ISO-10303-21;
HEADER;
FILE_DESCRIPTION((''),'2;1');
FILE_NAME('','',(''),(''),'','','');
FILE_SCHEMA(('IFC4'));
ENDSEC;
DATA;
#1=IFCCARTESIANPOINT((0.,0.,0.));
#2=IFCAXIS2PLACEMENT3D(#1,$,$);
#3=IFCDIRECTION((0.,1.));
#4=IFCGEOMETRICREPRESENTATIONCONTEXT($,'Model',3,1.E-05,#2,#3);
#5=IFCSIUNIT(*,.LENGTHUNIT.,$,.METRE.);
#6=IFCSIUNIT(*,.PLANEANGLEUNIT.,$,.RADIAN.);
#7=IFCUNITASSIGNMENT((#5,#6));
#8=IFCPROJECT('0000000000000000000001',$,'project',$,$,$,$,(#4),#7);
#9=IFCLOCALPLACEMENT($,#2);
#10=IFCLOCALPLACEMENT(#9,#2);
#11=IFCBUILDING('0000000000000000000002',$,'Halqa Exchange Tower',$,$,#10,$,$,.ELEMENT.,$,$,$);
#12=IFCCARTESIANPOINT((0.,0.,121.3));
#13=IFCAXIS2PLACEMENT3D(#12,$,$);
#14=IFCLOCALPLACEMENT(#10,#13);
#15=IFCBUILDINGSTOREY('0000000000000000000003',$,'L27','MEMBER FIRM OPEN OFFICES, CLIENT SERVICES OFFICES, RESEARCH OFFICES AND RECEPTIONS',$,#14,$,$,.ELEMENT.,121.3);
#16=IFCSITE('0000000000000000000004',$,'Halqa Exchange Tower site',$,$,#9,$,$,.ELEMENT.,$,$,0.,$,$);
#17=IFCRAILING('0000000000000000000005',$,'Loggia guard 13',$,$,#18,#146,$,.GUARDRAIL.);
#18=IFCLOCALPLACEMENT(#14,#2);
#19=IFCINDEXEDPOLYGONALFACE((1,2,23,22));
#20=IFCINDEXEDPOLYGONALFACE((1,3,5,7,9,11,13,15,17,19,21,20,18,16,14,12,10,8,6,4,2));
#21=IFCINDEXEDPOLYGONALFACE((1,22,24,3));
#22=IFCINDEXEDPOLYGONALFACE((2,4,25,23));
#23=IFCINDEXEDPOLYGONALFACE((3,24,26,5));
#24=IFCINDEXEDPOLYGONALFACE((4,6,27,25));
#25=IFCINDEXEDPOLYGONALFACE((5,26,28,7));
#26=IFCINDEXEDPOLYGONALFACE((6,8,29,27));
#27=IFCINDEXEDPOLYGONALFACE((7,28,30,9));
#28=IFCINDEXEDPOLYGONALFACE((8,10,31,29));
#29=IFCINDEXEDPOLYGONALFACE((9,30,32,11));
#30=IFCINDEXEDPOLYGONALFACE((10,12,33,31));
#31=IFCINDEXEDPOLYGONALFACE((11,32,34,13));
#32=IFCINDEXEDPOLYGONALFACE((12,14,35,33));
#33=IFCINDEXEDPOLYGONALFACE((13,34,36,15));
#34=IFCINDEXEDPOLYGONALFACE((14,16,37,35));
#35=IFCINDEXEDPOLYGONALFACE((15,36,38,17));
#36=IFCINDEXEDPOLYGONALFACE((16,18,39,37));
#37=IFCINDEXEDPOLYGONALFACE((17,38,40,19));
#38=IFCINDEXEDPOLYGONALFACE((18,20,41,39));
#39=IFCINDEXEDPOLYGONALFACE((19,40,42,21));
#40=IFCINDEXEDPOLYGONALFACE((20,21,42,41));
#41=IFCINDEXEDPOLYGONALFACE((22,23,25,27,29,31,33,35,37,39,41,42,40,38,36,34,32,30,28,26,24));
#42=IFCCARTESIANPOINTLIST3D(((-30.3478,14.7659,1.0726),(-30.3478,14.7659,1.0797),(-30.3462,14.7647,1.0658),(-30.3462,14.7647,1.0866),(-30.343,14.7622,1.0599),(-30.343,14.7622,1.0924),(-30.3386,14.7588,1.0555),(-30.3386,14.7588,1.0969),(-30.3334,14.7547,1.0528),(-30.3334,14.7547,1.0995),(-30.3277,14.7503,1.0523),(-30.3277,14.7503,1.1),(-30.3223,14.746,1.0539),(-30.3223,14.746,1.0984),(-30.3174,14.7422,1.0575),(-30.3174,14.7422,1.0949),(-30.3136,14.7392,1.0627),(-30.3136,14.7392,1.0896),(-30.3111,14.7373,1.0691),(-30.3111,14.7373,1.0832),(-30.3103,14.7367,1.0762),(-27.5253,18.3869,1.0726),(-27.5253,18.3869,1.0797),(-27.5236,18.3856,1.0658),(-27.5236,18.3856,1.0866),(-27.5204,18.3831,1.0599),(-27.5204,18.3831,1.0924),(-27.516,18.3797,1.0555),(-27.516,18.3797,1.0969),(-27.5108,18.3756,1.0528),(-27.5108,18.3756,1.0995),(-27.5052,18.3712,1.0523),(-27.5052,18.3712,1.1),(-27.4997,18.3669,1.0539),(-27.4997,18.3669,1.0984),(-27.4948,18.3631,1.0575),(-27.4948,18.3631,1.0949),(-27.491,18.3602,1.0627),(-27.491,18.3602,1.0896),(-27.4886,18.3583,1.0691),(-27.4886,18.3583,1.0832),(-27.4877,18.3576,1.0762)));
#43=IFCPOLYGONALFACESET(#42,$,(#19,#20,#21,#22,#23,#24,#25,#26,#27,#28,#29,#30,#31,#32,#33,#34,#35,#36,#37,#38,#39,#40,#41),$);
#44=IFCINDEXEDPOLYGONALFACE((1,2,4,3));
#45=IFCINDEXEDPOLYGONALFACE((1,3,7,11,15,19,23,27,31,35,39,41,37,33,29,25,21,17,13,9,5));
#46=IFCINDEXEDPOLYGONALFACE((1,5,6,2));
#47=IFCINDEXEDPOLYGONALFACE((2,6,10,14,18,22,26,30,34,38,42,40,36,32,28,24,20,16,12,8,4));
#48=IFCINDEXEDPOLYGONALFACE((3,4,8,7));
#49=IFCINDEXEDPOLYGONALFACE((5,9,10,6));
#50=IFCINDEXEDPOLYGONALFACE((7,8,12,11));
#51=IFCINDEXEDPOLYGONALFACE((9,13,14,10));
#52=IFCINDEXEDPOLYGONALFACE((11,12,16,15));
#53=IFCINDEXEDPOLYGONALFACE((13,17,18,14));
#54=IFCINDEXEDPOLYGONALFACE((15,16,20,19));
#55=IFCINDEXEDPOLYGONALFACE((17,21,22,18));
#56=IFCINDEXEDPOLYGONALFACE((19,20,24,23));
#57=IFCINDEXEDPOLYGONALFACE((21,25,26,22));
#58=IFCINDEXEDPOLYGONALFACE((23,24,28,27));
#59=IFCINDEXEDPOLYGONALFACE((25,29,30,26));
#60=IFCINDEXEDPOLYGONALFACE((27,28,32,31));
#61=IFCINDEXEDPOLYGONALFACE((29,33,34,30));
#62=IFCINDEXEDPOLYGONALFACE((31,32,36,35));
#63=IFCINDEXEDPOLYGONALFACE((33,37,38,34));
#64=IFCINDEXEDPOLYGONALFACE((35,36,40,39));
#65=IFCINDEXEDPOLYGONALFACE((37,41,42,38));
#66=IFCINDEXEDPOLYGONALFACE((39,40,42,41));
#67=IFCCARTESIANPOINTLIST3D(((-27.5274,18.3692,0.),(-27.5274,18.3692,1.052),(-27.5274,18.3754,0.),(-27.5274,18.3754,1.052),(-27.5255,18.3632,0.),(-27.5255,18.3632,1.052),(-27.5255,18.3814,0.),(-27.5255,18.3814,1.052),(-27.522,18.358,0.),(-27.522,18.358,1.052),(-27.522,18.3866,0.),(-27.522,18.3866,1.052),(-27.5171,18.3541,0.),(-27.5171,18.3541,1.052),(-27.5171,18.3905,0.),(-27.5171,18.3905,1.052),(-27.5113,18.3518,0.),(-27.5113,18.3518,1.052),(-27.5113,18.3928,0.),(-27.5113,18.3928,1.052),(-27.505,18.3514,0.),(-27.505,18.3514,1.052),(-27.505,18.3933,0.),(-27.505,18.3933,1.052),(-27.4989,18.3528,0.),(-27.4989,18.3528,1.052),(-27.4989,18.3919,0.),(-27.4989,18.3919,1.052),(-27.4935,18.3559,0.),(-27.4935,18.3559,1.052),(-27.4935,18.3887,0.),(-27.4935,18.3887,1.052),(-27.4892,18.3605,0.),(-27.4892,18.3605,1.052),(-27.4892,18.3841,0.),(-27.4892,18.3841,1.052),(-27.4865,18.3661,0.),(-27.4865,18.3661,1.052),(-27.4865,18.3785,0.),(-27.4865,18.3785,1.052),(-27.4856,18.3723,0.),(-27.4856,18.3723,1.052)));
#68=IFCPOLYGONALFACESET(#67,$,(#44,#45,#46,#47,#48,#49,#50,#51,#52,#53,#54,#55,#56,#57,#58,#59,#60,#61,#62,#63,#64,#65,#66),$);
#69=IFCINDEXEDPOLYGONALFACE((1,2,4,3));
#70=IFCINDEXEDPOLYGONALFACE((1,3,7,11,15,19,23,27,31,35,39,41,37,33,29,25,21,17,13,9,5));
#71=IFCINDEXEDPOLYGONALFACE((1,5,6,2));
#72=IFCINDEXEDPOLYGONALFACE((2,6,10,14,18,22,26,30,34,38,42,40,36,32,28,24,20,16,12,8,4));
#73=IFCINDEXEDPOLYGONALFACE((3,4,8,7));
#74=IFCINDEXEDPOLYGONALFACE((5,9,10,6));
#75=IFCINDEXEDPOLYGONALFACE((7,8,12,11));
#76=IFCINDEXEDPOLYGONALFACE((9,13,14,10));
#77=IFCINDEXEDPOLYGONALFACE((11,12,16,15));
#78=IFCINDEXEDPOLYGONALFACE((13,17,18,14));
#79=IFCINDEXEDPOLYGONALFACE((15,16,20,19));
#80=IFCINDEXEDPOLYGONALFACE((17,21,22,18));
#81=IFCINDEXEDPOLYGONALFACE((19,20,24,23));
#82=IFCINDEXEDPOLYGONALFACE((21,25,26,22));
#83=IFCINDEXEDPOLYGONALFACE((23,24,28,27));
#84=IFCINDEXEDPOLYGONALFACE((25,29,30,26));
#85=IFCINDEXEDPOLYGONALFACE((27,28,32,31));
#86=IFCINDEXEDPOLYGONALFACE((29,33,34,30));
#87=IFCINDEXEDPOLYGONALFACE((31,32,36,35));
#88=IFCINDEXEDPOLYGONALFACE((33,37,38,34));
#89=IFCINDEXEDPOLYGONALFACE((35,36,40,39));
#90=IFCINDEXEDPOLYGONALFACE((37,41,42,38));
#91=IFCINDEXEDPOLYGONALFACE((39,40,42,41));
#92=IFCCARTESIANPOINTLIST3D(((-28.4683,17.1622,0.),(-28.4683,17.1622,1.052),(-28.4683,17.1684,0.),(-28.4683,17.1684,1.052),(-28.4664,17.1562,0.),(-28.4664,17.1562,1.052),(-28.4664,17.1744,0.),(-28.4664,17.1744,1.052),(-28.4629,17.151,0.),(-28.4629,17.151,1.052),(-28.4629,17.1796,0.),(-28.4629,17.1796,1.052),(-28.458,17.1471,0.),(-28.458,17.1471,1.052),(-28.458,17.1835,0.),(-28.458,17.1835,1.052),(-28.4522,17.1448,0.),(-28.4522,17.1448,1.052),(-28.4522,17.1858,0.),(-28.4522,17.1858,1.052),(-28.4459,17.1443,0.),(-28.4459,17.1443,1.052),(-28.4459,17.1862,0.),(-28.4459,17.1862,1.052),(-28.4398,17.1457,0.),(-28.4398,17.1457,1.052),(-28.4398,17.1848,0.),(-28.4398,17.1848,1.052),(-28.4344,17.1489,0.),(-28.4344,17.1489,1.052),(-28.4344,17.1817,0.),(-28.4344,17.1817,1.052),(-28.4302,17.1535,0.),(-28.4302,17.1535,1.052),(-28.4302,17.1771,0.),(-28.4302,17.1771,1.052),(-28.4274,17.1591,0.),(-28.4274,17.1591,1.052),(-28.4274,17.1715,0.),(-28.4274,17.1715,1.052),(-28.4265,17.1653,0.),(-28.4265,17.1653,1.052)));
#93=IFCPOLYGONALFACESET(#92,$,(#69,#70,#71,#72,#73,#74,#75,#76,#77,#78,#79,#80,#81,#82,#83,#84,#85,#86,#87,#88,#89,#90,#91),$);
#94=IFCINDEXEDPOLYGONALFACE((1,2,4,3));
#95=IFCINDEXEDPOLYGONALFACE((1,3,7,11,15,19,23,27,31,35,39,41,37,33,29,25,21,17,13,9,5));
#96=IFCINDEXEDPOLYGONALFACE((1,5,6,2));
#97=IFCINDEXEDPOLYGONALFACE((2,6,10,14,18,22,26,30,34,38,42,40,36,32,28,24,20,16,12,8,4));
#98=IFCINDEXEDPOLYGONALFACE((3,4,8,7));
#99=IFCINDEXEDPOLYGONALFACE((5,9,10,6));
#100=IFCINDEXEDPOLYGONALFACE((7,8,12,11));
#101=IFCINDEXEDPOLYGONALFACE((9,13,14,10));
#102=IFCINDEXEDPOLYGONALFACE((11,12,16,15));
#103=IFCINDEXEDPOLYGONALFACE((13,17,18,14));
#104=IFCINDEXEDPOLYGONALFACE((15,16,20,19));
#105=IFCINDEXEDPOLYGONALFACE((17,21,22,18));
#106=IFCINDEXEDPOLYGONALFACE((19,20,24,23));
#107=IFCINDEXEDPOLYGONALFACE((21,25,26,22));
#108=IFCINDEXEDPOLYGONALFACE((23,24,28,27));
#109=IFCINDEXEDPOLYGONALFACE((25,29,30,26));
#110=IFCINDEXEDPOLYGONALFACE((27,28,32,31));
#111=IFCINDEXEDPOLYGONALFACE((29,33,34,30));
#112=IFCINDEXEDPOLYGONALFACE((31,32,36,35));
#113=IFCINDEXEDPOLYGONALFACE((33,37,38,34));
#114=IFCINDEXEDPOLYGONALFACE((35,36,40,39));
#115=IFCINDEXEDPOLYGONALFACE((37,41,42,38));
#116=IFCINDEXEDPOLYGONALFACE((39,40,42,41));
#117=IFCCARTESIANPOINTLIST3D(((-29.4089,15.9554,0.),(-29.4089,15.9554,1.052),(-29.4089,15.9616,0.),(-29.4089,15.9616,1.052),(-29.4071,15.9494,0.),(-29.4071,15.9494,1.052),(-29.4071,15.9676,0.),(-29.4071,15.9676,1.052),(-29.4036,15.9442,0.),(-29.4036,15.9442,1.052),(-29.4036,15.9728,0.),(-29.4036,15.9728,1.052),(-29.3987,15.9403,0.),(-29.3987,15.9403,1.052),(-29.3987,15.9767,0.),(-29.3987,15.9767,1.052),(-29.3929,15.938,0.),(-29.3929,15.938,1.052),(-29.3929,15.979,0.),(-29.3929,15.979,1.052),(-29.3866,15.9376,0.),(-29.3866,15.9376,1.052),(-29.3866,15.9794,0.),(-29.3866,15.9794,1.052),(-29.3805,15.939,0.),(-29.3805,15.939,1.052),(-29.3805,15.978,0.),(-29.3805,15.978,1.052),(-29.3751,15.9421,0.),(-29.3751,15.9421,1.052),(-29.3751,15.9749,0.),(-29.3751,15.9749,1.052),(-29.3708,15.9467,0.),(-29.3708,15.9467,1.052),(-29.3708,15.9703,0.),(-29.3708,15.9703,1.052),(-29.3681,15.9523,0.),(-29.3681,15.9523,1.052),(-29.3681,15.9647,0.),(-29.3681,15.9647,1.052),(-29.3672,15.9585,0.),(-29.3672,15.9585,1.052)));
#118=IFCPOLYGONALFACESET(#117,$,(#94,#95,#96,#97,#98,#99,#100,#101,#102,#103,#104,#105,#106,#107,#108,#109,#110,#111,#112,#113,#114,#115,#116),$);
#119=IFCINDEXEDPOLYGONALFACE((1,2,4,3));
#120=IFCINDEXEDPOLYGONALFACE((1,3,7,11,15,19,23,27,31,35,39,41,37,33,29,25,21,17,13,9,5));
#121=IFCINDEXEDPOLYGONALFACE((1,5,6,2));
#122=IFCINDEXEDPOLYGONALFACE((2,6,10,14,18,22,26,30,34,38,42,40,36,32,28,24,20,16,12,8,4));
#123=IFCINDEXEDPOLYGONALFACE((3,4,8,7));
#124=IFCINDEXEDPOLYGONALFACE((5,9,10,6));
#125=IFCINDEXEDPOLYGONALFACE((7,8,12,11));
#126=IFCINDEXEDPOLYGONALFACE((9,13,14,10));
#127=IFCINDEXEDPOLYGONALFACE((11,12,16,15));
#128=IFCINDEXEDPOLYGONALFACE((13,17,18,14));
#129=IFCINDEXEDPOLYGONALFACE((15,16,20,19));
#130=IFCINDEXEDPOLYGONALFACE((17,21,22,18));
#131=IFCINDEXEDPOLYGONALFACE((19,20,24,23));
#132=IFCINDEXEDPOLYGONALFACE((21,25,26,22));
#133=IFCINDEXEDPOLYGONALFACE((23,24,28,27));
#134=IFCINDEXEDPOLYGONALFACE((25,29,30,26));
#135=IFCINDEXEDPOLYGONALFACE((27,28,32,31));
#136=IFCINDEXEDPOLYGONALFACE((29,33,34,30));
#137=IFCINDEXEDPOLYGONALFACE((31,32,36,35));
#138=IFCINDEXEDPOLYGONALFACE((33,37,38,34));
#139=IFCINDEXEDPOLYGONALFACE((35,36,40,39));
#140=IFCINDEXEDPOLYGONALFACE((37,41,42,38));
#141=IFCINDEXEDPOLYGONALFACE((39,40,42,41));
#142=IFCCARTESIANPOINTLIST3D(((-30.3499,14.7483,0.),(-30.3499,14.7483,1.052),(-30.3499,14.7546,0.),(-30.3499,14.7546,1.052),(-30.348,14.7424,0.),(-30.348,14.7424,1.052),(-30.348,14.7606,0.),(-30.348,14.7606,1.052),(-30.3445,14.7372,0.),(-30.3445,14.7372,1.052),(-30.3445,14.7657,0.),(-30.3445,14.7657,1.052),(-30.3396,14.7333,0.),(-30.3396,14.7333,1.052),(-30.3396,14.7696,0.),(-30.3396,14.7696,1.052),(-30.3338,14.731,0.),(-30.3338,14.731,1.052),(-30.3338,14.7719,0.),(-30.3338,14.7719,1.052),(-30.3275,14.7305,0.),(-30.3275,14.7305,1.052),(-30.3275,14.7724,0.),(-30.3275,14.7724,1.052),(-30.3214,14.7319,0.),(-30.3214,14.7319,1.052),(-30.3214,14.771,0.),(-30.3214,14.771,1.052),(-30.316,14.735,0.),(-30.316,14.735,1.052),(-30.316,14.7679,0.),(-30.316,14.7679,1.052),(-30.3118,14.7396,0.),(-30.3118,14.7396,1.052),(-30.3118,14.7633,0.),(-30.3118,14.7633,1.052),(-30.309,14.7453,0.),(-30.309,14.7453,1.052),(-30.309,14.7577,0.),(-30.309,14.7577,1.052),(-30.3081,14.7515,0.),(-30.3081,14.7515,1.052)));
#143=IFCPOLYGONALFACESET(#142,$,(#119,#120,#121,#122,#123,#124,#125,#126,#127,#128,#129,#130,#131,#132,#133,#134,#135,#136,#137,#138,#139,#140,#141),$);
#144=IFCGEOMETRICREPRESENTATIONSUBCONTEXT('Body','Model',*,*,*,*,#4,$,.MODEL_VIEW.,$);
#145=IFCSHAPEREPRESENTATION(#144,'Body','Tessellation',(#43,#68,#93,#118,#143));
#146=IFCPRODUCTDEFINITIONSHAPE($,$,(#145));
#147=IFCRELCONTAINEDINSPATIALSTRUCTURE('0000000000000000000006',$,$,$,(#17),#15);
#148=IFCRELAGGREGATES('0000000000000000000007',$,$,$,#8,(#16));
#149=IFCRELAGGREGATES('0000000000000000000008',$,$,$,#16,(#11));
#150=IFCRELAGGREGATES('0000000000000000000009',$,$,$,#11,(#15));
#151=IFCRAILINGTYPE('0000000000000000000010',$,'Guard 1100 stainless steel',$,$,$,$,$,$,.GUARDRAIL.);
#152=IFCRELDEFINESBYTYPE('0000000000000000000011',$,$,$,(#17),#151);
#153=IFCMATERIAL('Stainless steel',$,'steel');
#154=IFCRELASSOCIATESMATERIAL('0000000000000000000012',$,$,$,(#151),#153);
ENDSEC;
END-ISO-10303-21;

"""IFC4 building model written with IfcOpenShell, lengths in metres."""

from ifc_helpers import new_model, si_unit, direction, frame, origin, origin_2d, place, context, subcontext, project, spatial, circle, extrude, material, type_object, element, save


model = new_model("IFC4")

# Units and contexts
model_context = context("Model", 3, precision=1e-05, world=origin(), true_north=direction((0.0, 1.0)))
body_context = subcontext(model_context, "Body", "Model", "MODEL_VIEW")
ifc_project = project(units=[si_unit("LENGTHUNIT", "METRE"), si_unit("PLANEANGLEUNIT", "RADIAN")], contexts=[model_context])

# Site, building, storey
site_placement = place(None, origin())
site = spatial("IfcSite", under=ifc_project, at=site_placement, Name="Halqa Exchange Tower site", CompositionType="ELEMENT", RefElevation=0.0)
building_placement = place(site_placement, origin())
building = spatial("IfcBuilding", under=site, at=building_placement, Name="Halqa Exchange Tower", CompositionType="ELEMENT")
storey_placement = place(building_placement, frame((0.0, 0.0, 121.3)))
storey = spatial("IfcBuildingStorey", under=building, at=storey_placement, Name="L27", Description="MEMBER FIRM OPEN OFFICES, CLIENT SERVICES OFFICES, RESEARCH OFFICES AND RECEPTIONS", CompositionType="ELEMENT", Elevation=121.3)

# Railing
ifc_material_1 = material(Name="Stainless steel", Category="steel")
railing_type = type_object("IfcRailingType", Name="Guard 1100 stainless steel", PredefinedType="GUARDRAIL", material=ifc_material_1)
railing_1_placement = place(storey_placement, frame((-27.5066, 18.3723, 0.0)))
element("IfcRailing", 1, at=railing_1_placement, inside=storey, type_object=railing_type, Name="Loggia guard 13", PredefinedType="GUARDRAIL", context=body_context, shape_type="SweptSolid", body=[
    extrude(circle(Radius=0.0239, at=origin_2d()), frame((0.0, 0.0, 1.0762), z_axis=(-0.614794, -0.788687, 0.0), x_axis=(0.788687, -0.614794, 0.0)), (0.0, 0.0, 1.0), 4.5911),
    extrude(circle(Radius=0.021, at=origin_2d()), origin(), (0.0, 0.0, 1.0), 1.052),
    extrude(circle(Radius=0.021, at=origin_2d()), frame((-0.9409, -1.207, 0.0)), (0.0, 0.0, 1.0), 1.052),
    extrude(circle(Radius=0.021, at=origin_2d()), frame((-1.8816, -2.4138, 0.0)), (0.0, 0.0, 1.0), 1.052),
    extrude(circle(Radius=0.021, at=origin_2d()), frame((-2.8225, -3.6208, 0.0)), (0.0, 0.0, 1.0), 1.052),
])

save(model, "model.ifc")
